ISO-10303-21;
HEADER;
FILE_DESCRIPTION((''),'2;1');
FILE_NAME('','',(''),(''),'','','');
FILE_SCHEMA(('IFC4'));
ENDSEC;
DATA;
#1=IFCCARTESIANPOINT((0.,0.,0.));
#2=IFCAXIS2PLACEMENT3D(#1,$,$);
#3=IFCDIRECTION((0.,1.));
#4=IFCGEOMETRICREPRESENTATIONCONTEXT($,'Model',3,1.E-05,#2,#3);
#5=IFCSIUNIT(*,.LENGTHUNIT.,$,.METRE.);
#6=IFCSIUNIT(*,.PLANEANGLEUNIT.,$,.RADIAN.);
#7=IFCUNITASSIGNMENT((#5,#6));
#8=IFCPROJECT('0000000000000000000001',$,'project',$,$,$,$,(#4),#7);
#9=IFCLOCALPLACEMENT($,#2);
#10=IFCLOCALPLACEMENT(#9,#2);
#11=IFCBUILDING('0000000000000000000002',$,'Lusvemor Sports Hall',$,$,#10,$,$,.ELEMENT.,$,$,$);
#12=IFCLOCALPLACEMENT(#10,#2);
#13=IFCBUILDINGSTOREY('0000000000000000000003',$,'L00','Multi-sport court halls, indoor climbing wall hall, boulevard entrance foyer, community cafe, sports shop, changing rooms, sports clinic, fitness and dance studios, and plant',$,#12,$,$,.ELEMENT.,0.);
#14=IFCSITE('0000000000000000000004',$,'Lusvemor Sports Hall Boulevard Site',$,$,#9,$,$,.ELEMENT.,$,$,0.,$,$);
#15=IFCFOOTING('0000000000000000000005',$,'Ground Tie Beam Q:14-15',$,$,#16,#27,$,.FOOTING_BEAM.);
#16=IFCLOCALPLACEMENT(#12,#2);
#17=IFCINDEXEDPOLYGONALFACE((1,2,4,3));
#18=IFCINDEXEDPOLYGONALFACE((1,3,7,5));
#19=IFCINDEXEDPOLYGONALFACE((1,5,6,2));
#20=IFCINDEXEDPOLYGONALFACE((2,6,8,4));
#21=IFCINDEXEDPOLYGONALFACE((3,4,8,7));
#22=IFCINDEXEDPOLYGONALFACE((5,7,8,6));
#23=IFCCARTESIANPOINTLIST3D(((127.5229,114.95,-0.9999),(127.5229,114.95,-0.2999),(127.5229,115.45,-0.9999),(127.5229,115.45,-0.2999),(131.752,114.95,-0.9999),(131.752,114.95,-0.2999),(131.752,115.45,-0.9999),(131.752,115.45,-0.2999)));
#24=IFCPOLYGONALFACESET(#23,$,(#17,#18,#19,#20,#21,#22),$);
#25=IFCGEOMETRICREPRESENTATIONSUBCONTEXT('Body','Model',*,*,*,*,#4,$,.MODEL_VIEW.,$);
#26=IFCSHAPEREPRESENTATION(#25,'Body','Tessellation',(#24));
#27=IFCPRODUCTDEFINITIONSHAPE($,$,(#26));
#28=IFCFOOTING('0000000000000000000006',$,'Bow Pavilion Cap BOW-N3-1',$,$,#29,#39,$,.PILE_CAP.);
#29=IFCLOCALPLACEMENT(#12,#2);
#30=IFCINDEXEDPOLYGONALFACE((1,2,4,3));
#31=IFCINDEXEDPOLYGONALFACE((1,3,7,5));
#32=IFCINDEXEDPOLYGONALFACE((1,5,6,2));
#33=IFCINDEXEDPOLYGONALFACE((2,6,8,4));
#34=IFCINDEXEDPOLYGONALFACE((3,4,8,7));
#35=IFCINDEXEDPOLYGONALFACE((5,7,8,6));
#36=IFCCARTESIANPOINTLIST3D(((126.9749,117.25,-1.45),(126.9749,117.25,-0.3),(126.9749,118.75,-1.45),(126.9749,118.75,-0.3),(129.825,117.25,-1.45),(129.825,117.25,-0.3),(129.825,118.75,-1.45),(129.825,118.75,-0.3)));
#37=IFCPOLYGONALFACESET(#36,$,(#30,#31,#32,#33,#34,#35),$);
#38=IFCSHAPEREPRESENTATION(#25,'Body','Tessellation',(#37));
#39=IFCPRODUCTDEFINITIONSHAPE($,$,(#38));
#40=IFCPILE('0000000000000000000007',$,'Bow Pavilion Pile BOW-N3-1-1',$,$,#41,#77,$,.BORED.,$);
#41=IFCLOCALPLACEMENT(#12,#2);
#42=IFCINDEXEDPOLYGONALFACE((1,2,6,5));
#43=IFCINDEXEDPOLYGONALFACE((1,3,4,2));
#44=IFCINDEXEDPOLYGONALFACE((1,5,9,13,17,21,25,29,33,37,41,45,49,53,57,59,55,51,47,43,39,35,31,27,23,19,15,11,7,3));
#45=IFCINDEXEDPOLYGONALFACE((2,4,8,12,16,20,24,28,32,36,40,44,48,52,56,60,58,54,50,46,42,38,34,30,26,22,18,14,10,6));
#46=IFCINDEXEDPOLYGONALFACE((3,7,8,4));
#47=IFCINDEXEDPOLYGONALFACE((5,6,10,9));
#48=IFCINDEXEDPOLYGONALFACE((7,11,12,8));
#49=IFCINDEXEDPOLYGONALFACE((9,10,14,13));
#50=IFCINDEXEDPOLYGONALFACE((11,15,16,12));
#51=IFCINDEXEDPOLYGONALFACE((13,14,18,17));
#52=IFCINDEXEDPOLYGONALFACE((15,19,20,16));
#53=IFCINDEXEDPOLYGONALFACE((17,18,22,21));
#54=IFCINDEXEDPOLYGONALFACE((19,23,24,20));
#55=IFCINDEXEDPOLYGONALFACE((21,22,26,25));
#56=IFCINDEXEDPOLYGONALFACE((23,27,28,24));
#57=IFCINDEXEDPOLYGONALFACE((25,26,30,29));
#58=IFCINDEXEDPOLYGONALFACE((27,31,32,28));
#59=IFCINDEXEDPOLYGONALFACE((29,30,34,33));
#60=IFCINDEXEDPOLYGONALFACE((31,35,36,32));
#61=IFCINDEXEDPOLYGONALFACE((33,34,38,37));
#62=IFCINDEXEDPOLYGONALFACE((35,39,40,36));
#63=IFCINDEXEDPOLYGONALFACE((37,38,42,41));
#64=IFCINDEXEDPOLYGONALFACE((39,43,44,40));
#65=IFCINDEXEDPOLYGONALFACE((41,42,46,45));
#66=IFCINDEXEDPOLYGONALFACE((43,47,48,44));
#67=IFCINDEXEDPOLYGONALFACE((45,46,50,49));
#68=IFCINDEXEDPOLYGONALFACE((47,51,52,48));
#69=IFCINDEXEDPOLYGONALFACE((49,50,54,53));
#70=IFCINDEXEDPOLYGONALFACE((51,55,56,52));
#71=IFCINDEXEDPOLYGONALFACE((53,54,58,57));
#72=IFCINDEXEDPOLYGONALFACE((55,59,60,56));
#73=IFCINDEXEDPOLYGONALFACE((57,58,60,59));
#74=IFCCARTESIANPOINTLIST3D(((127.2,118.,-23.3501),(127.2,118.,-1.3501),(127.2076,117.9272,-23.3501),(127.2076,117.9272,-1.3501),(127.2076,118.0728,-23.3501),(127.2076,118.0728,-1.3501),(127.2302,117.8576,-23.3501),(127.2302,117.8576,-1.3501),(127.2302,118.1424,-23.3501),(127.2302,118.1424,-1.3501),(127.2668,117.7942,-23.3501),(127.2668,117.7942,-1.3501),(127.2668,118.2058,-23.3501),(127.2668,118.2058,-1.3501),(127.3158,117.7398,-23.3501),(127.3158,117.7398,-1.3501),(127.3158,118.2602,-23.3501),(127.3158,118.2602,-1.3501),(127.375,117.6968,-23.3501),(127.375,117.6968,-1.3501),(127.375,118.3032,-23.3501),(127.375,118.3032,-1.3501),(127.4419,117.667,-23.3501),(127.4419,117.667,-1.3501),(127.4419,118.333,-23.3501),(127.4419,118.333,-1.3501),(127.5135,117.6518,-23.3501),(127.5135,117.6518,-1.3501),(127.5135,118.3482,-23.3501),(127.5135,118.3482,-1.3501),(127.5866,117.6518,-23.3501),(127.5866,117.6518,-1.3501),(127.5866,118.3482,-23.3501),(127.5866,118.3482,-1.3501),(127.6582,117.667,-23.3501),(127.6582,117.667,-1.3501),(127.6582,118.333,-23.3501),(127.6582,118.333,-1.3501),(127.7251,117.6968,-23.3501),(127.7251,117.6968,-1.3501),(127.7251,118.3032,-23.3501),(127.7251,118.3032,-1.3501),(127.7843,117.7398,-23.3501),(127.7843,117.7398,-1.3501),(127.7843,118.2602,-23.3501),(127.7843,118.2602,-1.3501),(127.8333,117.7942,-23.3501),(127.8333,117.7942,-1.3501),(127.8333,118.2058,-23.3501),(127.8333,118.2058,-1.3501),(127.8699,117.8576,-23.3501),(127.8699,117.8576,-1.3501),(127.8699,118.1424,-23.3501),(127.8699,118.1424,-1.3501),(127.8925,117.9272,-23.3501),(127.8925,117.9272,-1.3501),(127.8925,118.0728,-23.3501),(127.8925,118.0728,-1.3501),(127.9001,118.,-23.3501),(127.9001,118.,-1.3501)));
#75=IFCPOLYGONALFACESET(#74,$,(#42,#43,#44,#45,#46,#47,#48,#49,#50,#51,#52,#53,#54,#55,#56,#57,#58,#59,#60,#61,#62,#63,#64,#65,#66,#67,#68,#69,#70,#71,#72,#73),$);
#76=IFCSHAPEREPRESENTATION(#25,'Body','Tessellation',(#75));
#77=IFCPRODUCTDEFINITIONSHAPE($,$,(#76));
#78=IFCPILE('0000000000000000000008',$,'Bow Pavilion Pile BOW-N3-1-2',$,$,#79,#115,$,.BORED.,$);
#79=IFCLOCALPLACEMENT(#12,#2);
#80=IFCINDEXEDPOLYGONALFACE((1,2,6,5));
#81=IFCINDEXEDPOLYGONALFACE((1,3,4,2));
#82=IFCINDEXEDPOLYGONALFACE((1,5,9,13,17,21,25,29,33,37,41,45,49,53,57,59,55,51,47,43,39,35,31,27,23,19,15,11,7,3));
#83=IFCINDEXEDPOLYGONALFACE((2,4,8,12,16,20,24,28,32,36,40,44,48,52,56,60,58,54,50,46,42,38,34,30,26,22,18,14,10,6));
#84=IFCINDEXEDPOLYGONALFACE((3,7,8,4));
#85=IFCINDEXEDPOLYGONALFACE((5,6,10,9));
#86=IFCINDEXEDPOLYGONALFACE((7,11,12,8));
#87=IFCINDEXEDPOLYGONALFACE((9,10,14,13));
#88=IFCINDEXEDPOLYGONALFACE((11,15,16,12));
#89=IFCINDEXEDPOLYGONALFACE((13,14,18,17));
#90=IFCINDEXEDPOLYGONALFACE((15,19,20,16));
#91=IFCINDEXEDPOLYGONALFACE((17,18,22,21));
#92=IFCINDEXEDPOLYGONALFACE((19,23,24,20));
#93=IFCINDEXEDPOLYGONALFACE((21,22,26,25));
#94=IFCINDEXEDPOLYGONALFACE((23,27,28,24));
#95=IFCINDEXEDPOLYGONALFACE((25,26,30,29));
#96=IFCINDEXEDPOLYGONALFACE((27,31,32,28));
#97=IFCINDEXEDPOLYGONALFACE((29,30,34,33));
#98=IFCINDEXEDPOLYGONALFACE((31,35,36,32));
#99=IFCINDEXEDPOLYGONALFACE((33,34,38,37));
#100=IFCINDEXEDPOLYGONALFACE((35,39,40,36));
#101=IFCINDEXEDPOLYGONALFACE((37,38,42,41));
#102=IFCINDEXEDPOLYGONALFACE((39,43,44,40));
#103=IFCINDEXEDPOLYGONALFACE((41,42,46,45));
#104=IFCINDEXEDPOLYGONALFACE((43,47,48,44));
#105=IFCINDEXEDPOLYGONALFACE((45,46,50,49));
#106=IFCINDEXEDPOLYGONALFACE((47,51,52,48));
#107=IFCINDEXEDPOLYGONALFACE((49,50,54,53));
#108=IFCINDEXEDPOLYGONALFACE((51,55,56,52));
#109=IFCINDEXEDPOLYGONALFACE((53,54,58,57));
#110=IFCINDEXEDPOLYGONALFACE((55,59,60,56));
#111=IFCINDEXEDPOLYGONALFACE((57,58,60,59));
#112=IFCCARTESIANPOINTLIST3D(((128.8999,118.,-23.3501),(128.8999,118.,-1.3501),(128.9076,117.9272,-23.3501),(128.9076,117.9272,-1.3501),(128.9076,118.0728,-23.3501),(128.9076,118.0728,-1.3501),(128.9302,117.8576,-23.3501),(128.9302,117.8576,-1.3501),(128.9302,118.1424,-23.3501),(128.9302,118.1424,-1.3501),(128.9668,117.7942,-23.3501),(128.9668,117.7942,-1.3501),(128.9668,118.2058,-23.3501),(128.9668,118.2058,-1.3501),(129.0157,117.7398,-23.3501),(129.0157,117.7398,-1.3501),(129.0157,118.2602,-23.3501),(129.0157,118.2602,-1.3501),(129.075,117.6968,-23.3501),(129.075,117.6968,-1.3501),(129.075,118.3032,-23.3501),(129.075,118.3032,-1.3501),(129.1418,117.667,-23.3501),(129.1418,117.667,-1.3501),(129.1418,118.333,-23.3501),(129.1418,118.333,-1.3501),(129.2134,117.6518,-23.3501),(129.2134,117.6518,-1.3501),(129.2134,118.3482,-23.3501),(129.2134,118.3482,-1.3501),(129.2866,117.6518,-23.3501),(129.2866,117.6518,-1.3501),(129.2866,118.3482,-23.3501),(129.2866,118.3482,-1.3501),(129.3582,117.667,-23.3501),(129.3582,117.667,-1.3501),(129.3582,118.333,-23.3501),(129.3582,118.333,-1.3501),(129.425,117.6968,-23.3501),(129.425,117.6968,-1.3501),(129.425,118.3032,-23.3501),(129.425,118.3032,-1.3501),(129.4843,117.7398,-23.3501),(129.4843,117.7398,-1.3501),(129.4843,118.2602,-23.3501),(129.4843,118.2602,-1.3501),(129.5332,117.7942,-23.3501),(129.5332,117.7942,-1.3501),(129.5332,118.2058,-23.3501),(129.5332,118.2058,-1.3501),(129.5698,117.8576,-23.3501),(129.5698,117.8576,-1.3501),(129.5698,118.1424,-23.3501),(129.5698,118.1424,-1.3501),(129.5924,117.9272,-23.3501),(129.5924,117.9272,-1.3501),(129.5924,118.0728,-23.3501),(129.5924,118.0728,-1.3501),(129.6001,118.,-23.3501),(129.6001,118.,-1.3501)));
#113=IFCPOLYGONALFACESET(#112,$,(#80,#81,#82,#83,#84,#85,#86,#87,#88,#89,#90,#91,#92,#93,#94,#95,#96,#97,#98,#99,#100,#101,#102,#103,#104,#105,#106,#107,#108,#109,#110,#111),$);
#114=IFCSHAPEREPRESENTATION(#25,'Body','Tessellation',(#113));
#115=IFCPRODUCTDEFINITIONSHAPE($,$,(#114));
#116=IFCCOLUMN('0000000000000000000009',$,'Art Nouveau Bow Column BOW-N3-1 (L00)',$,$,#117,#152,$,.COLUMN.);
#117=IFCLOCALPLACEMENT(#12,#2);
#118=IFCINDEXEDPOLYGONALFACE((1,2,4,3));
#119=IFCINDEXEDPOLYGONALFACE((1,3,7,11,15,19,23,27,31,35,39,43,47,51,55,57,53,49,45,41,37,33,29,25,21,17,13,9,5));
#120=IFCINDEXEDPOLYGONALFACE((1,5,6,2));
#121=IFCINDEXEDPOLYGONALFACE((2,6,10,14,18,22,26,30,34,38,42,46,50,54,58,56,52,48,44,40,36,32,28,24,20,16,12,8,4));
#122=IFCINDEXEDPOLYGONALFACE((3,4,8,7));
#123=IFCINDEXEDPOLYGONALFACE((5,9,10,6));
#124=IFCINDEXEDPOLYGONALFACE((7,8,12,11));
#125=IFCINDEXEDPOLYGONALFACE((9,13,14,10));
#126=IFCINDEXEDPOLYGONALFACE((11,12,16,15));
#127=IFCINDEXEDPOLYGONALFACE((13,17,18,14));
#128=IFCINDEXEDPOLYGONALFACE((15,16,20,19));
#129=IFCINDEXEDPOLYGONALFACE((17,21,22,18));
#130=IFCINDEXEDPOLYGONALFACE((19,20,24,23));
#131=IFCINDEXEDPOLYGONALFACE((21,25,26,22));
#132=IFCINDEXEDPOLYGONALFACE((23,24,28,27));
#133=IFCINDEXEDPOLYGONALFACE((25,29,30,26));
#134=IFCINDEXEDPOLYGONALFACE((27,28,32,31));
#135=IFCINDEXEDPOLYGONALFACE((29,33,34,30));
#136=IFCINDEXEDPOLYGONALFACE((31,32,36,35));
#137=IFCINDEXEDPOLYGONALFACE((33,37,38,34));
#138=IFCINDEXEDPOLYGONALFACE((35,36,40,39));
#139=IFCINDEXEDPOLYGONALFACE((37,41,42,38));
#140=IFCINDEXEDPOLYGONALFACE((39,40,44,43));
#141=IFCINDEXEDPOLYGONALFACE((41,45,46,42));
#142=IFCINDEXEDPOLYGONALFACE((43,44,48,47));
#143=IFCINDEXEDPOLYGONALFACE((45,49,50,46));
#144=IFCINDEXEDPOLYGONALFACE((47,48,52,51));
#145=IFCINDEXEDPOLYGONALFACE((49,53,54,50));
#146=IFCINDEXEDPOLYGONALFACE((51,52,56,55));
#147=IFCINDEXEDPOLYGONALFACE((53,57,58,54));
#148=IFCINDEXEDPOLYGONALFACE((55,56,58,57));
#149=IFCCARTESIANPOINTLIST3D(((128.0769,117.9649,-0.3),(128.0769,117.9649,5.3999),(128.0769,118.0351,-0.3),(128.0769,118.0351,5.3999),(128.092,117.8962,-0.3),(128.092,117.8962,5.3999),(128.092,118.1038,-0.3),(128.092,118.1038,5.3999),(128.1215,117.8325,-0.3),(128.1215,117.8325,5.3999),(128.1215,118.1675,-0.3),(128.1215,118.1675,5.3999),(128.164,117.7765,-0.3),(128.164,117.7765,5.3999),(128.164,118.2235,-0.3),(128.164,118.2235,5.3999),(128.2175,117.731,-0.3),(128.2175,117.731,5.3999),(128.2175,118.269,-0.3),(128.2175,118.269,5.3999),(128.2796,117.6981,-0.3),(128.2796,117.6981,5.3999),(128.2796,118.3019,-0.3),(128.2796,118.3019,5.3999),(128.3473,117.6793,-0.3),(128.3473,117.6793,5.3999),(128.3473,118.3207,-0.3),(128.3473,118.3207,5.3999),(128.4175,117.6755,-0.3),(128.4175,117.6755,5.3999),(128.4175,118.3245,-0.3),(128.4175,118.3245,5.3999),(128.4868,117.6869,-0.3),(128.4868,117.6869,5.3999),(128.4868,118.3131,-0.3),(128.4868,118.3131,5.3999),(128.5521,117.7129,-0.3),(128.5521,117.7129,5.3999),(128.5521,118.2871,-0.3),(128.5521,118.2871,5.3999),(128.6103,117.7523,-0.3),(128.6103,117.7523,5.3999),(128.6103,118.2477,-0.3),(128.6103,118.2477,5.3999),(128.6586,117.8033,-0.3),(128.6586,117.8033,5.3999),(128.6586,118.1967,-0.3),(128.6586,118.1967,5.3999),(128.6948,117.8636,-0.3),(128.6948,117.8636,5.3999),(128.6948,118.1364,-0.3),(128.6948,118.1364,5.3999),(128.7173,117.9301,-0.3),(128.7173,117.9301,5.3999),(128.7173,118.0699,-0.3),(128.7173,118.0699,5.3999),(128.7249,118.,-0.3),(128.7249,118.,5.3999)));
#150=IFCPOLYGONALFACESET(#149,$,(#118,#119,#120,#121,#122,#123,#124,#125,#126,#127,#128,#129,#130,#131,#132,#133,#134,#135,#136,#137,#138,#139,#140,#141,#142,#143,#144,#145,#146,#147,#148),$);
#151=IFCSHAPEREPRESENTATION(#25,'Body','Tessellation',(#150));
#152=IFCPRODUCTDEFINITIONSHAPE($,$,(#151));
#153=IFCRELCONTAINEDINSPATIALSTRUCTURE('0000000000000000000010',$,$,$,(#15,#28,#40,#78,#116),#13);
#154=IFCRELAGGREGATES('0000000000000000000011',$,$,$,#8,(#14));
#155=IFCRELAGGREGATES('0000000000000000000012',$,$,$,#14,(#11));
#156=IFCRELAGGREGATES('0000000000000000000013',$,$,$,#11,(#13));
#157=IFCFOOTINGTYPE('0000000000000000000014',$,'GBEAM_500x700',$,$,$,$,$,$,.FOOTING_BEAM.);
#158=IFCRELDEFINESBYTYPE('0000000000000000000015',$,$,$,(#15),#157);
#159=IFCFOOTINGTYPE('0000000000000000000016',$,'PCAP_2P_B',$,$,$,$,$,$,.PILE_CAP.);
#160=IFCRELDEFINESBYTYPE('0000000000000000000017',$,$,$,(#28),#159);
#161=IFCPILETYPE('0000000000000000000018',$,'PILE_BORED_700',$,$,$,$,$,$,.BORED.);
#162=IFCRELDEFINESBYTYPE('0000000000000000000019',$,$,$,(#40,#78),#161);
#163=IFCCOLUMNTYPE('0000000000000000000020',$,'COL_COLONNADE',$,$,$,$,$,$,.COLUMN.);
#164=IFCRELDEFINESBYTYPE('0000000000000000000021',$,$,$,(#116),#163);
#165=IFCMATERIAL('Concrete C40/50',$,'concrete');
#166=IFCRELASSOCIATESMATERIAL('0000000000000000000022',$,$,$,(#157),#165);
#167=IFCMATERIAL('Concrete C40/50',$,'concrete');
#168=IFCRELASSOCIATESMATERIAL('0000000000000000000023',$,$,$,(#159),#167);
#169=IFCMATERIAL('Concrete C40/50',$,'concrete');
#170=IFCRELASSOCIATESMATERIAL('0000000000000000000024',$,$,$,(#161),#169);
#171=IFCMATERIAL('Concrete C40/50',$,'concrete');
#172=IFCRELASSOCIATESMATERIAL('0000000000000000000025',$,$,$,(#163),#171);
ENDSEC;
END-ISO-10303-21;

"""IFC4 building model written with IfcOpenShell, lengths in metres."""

from ifc_helpers import new_model, si_unit, direction, frame, origin, origin_2d, place, context, subcontext, project, spatial, rectangle, circle, extrude, material, material_profile, profile_set, type_object, element, save


model = new_model("IFC4")

# Units and contexts
model_context = context("Model", 3, precision=1e-05, world=origin(), true_north=direction((0.0, 1.0)))
body_context = subcontext(model_context, "Body", "Model", "MODEL_VIEW")
ifc_project = project(units=[si_unit("LENGTHUNIT", "METRE"), si_unit("PLANEANGLEUNIT", "RADIAN")], contexts=[model_context])

# Site, building, storey
site_placement = place(None, origin())
site = spatial("IfcSite", under=ifc_project, at=site_placement, Name="Lusvemor Sports Hall Boulevard Site", CompositionType="ELEMENT", RefElevation=0.0)
building_placement = place(site_placement, origin())
building = spatial("IfcBuilding", under=site, at=building_placement, Name="Lusvemor Sports Hall", CompositionType="ELEMENT")
storey_placement = place(building_placement, origin())
storey = spatial("IfcBuildingStorey", under=building, at=storey_placement, Name="L00", Description="Multi-sport court halls, indoor climbing wall hall, boulevard entrance foyer, community cafe, sports shop, changing rooms, sports clinic, fitness and dance studios, and plant", CompositionType="ELEMENT", Elevation=0.0)

# Footings
ifc_material_1 = material(Name="Concrete C40/50", Category="concrete")
ifc_material_profile_1 = material_profile(ifc_material_1, rectangle(XDim=0.5, YDim=0.7, at=origin_2d()), Name="GB_500x700")
ifc_profile_set_1 = profile_set([ifc_material_profile_1], Name="Concrete C40/50")
footing_type_1 = type_object("IfcFootingType", Name="GBEAM_500x700", PredefinedType="FOOTING_BEAM", material=ifc_profile_set_1)
footing_1_placement = place(storey_placement, frame((127.5229, 115.2, -0.6499), z_axis=(1.0, 0.0, 0.0), x_axis=(0.0, 1.0, 0.0)))
element("IfcFooting", 1, at=footing_1_placement, inside=storey, type_object=footing_type_1, Name="Ground Tie Beam Q:14-15", PredefinedType="FOOTING_BEAM", context=body_context, shape_type="SweptSolid", body=[
    extrude(rectangle(XDim=0.5, YDim=0.7, at=origin_2d()), origin(), (0.0, 0.0, 1.0), 4.229),
])
ifc_material_2 = material(Name="Concrete C40/50", Category="concrete")
footing_type_2 = type_object("IfcFootingType", Name="PCAP_2P_B", PredefinedType="PILE_CAP", material=ifc_material_2)
footing_2_placement = place(storey_placement, frame((128.3999, 118.0, -1.45), z_axis=(0.0, 0.0, 1.0), x_axis=(1.0, 0.0, 0.0)))
element("IfcFooting", 2, at=footing_2_placement, inside=storey, type_object=footing_type_2, Name="Bow Pavilion Cap BOW-N3-1", PredefinedType="PILE_CAP", context=body_context, shape_type="SweptSolid", body=[
    extrude(rectangle(XDim=2.8501, YDim=1.5, at=origin_2d()), origin(), (0.0, 0.0, 1.0), 1.1499),
])

# Piles
ifc_material_3 = material(Name="Concrete C40/50", Category="concrete")
ifc_material_profile_2 = material_profile(ifc_material_3, circle(Radius=0.3501, at=origin_2d()), Name="PILE700")
ifc_profile_set_2 = profile_set([ifc_material_profile_2], Name="Concrete C40/50")
pile_type = type_object("IfcPileType", Name="PILE_BORED_700", PredefinedType="BORED", material=ifc_profile_set_2)
for number, where, z_axis, x_axis, name in (
    (3, (127.55, 118.0, -1.3501), (0.0, 0.0, -1.0), (1.0, 0.0, 0.0), "Bow Pavilion Pile BOW-N3-1-1"),
    (4, (129.25, 118.0, -1.3501), (0.0, 0.0, -1.0), (1.0, 0.0, 0.0), "Bow Pavilion Pile BOW-N3-1-2"),
):
    element("IfcPile", number, at=place(storey_placement, frame(where, z_axis=z_axis, x_axis=x_axis)), inside=storey, type_object=pile_type, Name=name, PredefinedType="BORED", context=body_context, shape_type="SweptSolid", body=[
        extrude(circle(Radius=0.3501, at=origin_2d()), origin(), (0.0, 0.0, 1.0), 22.0),
    ])

# Column
ifc_material_4 = material(Name="Concrete C40/50", Category="concrete")
ifc_material_profile_3 = material_profile(ifc_material_4, circle(Radius=0.325, at=origin_2d()), Name="RCCIRC650")
ifc_profile_set_3 = profile_set([ifc_material_profile_3], Name="Concrete C40/50")
column_type = type_object("IfcColumnType", Name="COL_COLONNADE", PredefinedType="COLUMN", material=ifc_profile_set_3)
column_placement = place(storey_placement, frame((128.3999, 118.0, -0.3), z_axis=(0.0, 0.0, 1.0), x_axis=(1.0, 0.0, 0.0)))
element("IfcColumn", 5, at=column_placement, inside=storey, type_object=column_type, Name="Art Nouveau Bow Column BOW-N3-1 (L00)", PredefinedType="COLUMN", context=body_context, shape_type="SweptSolid", body=[
    extrude(circle(Radius=0.325, at=origin_2d()), origin(), (0.0, 0.0, 1.0), 5.7),
])

save(model, "model.ifc")
